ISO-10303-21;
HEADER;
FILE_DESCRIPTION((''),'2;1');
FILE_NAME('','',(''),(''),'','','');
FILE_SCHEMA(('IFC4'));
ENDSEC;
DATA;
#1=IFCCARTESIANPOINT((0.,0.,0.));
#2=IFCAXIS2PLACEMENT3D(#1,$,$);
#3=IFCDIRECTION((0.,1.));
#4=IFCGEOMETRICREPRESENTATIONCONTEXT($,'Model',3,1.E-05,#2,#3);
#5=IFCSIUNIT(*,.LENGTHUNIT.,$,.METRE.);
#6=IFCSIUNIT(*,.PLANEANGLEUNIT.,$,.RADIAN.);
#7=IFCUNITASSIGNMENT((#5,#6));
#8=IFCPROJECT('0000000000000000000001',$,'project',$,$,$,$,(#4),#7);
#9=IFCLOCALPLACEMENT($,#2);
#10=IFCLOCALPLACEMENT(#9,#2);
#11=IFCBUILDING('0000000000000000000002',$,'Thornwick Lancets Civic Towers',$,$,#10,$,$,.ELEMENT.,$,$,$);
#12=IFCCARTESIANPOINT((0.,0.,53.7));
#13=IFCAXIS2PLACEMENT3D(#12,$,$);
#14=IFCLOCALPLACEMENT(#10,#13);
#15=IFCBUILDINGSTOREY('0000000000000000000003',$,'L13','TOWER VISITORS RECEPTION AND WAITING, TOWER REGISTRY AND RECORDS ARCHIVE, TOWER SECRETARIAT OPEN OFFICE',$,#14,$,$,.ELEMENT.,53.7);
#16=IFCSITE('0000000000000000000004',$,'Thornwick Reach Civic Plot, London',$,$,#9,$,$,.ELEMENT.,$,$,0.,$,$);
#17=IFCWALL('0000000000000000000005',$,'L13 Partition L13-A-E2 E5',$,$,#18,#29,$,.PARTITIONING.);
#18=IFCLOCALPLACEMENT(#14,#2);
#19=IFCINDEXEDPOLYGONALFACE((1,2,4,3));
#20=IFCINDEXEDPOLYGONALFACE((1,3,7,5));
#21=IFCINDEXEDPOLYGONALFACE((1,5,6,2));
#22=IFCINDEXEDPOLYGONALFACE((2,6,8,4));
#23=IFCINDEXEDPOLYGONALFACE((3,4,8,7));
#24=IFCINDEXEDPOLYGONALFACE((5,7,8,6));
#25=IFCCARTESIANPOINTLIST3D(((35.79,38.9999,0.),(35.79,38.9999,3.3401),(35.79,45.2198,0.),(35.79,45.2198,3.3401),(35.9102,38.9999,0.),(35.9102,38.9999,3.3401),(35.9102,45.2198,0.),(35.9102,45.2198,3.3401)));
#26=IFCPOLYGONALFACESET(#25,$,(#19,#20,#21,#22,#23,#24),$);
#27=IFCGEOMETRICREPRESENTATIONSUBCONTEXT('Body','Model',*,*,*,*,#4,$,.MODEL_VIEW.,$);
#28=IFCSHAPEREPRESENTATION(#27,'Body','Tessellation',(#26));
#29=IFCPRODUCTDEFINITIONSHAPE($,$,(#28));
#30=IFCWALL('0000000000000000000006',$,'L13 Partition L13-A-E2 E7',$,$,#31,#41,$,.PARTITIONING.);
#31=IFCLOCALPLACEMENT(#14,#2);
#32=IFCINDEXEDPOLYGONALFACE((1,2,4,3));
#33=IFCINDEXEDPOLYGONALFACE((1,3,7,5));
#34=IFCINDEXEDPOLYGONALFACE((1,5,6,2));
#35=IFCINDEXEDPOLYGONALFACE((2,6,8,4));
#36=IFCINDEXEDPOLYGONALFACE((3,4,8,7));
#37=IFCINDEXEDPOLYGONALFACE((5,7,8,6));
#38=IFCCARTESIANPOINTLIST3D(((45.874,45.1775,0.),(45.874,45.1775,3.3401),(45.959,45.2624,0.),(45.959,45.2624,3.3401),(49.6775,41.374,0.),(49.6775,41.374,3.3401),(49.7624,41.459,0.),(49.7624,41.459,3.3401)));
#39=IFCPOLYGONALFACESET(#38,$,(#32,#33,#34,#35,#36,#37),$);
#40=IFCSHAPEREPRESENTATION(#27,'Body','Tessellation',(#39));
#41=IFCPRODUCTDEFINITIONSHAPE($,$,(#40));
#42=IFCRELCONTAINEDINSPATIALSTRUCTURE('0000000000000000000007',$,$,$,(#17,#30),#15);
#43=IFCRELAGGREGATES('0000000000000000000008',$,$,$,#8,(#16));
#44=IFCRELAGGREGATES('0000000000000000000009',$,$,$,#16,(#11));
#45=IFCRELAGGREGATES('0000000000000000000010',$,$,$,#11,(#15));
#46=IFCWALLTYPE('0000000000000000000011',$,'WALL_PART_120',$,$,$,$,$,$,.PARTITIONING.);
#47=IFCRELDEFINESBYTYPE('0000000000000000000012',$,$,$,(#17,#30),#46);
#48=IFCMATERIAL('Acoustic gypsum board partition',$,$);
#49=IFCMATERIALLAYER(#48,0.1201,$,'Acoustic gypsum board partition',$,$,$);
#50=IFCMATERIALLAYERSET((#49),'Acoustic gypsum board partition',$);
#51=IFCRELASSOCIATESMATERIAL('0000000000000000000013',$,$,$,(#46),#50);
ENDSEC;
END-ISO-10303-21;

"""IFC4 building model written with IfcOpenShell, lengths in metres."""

from ifc_helpers import new_model, si_unit, direction, frame, frame_2d, origin, place, context, subcontext, project, spatial, rectangle, extrude, material, layer, layer_set, type_object, element, save


model = new_model("IFC4")

# Units and contexts
model_context = context("Model", 3, precision=1e-05, world=origin(), true_north=direction((0.0, 1.0)))
body_context = subcontext(model_context, "Body", "Model", "MODEL_VIEW")
ifc_project = project(units=[si_unit("LENGTHUNIT", "METRE"), si_unit("PLANEANGLEUNIT", "RADIAN")], contexts=[model_context])

# Site, building, storey
site_placement = place(None, origin())
site = spatial("IfcSite", under=ifc_project, at=site_placement, Name="Thornwick Reach Civic Plot, London", CompositionType="ELEMENT", RefElevation=0.0)
building_placement = place(site_placement, origin())
building = spatial("IfcBuilding", under=site, at=building_placement, Name="Thornwick Lancets Civic Towers", CompositionType="ELEMENT")
storey_placement = place(building_placement, frame((0.0, 0.0, 53.7)))
storey = spatial("IfcBuildingStorey", under=building, at=storey_placement, Name="L13", Description="TOWER VISITORS RECEPTION AND WAITING, TOWER REGISTRY AND RECORDS ARCHIVE, TOWER SECRETARIAT OPEN OFFICE", CompositionType="ELEMENT", Elevation=53.7)

# Walls
ifc_material_1 = material(Name="Acoustic gypsum board partition")
ifc_layer_1 = layer(ifc_material_1, 0.1201, Name="Acoustic gypsum board partition")
ifc_layer_set_1 = layer_set([ifc_layer_1], Name="Acoustic gypsum board partition")
wall_type_1 = type_object("IfcWallType", Name="WALL_PART_120", PredefinedType="PARTITIONING", material=ifc_layer_set_1)
wall_1_placement = place(storey_placement, frame((35.8501, 39.0, 0.0), z_axis=(0.0, 0.0, 1.0), x_axis=(0.0, 1.0, 0.0)))
element("IfcWall", 1, at=wall_1_placement, inside=storey, type_object=wall_type_1, Name="L13 Partition L13-A-E2 E5", PredefinedType="PARTITIONING", context=body_context, shape_type="SweptSolid", body=[
    extrude(rectangle(XDim=6.22, YDim=0.1201, at=frame_2d((3.1099, 0.0))), origin(), (0.0, 0.0, 1.0), 3.3401),
])
wall_2_placement = place(storey_placement, frame((45.9165, 45.22, 0.0), z_axis=(0.0, 0.0, 1.0), x_axis=(0.707107, -0.707107, 0.0)))
element("IfcWall", 2, at=wall_2_placement, inside=storey, type_object=wall_type_1, Name="L13 Partition L13-A-E2 E7", PredefinedType="PARTITIONING", context=body_context, shape_type="SweptSolid", body=[
    extrude(rectangle(XDim=5.3789, YDim=0.1201, at=frame_2d((2.6895, 0.0))), origin(), (0.0, 0.0, 1.0), 3.3401),
])

save(model, "model.ifc")
